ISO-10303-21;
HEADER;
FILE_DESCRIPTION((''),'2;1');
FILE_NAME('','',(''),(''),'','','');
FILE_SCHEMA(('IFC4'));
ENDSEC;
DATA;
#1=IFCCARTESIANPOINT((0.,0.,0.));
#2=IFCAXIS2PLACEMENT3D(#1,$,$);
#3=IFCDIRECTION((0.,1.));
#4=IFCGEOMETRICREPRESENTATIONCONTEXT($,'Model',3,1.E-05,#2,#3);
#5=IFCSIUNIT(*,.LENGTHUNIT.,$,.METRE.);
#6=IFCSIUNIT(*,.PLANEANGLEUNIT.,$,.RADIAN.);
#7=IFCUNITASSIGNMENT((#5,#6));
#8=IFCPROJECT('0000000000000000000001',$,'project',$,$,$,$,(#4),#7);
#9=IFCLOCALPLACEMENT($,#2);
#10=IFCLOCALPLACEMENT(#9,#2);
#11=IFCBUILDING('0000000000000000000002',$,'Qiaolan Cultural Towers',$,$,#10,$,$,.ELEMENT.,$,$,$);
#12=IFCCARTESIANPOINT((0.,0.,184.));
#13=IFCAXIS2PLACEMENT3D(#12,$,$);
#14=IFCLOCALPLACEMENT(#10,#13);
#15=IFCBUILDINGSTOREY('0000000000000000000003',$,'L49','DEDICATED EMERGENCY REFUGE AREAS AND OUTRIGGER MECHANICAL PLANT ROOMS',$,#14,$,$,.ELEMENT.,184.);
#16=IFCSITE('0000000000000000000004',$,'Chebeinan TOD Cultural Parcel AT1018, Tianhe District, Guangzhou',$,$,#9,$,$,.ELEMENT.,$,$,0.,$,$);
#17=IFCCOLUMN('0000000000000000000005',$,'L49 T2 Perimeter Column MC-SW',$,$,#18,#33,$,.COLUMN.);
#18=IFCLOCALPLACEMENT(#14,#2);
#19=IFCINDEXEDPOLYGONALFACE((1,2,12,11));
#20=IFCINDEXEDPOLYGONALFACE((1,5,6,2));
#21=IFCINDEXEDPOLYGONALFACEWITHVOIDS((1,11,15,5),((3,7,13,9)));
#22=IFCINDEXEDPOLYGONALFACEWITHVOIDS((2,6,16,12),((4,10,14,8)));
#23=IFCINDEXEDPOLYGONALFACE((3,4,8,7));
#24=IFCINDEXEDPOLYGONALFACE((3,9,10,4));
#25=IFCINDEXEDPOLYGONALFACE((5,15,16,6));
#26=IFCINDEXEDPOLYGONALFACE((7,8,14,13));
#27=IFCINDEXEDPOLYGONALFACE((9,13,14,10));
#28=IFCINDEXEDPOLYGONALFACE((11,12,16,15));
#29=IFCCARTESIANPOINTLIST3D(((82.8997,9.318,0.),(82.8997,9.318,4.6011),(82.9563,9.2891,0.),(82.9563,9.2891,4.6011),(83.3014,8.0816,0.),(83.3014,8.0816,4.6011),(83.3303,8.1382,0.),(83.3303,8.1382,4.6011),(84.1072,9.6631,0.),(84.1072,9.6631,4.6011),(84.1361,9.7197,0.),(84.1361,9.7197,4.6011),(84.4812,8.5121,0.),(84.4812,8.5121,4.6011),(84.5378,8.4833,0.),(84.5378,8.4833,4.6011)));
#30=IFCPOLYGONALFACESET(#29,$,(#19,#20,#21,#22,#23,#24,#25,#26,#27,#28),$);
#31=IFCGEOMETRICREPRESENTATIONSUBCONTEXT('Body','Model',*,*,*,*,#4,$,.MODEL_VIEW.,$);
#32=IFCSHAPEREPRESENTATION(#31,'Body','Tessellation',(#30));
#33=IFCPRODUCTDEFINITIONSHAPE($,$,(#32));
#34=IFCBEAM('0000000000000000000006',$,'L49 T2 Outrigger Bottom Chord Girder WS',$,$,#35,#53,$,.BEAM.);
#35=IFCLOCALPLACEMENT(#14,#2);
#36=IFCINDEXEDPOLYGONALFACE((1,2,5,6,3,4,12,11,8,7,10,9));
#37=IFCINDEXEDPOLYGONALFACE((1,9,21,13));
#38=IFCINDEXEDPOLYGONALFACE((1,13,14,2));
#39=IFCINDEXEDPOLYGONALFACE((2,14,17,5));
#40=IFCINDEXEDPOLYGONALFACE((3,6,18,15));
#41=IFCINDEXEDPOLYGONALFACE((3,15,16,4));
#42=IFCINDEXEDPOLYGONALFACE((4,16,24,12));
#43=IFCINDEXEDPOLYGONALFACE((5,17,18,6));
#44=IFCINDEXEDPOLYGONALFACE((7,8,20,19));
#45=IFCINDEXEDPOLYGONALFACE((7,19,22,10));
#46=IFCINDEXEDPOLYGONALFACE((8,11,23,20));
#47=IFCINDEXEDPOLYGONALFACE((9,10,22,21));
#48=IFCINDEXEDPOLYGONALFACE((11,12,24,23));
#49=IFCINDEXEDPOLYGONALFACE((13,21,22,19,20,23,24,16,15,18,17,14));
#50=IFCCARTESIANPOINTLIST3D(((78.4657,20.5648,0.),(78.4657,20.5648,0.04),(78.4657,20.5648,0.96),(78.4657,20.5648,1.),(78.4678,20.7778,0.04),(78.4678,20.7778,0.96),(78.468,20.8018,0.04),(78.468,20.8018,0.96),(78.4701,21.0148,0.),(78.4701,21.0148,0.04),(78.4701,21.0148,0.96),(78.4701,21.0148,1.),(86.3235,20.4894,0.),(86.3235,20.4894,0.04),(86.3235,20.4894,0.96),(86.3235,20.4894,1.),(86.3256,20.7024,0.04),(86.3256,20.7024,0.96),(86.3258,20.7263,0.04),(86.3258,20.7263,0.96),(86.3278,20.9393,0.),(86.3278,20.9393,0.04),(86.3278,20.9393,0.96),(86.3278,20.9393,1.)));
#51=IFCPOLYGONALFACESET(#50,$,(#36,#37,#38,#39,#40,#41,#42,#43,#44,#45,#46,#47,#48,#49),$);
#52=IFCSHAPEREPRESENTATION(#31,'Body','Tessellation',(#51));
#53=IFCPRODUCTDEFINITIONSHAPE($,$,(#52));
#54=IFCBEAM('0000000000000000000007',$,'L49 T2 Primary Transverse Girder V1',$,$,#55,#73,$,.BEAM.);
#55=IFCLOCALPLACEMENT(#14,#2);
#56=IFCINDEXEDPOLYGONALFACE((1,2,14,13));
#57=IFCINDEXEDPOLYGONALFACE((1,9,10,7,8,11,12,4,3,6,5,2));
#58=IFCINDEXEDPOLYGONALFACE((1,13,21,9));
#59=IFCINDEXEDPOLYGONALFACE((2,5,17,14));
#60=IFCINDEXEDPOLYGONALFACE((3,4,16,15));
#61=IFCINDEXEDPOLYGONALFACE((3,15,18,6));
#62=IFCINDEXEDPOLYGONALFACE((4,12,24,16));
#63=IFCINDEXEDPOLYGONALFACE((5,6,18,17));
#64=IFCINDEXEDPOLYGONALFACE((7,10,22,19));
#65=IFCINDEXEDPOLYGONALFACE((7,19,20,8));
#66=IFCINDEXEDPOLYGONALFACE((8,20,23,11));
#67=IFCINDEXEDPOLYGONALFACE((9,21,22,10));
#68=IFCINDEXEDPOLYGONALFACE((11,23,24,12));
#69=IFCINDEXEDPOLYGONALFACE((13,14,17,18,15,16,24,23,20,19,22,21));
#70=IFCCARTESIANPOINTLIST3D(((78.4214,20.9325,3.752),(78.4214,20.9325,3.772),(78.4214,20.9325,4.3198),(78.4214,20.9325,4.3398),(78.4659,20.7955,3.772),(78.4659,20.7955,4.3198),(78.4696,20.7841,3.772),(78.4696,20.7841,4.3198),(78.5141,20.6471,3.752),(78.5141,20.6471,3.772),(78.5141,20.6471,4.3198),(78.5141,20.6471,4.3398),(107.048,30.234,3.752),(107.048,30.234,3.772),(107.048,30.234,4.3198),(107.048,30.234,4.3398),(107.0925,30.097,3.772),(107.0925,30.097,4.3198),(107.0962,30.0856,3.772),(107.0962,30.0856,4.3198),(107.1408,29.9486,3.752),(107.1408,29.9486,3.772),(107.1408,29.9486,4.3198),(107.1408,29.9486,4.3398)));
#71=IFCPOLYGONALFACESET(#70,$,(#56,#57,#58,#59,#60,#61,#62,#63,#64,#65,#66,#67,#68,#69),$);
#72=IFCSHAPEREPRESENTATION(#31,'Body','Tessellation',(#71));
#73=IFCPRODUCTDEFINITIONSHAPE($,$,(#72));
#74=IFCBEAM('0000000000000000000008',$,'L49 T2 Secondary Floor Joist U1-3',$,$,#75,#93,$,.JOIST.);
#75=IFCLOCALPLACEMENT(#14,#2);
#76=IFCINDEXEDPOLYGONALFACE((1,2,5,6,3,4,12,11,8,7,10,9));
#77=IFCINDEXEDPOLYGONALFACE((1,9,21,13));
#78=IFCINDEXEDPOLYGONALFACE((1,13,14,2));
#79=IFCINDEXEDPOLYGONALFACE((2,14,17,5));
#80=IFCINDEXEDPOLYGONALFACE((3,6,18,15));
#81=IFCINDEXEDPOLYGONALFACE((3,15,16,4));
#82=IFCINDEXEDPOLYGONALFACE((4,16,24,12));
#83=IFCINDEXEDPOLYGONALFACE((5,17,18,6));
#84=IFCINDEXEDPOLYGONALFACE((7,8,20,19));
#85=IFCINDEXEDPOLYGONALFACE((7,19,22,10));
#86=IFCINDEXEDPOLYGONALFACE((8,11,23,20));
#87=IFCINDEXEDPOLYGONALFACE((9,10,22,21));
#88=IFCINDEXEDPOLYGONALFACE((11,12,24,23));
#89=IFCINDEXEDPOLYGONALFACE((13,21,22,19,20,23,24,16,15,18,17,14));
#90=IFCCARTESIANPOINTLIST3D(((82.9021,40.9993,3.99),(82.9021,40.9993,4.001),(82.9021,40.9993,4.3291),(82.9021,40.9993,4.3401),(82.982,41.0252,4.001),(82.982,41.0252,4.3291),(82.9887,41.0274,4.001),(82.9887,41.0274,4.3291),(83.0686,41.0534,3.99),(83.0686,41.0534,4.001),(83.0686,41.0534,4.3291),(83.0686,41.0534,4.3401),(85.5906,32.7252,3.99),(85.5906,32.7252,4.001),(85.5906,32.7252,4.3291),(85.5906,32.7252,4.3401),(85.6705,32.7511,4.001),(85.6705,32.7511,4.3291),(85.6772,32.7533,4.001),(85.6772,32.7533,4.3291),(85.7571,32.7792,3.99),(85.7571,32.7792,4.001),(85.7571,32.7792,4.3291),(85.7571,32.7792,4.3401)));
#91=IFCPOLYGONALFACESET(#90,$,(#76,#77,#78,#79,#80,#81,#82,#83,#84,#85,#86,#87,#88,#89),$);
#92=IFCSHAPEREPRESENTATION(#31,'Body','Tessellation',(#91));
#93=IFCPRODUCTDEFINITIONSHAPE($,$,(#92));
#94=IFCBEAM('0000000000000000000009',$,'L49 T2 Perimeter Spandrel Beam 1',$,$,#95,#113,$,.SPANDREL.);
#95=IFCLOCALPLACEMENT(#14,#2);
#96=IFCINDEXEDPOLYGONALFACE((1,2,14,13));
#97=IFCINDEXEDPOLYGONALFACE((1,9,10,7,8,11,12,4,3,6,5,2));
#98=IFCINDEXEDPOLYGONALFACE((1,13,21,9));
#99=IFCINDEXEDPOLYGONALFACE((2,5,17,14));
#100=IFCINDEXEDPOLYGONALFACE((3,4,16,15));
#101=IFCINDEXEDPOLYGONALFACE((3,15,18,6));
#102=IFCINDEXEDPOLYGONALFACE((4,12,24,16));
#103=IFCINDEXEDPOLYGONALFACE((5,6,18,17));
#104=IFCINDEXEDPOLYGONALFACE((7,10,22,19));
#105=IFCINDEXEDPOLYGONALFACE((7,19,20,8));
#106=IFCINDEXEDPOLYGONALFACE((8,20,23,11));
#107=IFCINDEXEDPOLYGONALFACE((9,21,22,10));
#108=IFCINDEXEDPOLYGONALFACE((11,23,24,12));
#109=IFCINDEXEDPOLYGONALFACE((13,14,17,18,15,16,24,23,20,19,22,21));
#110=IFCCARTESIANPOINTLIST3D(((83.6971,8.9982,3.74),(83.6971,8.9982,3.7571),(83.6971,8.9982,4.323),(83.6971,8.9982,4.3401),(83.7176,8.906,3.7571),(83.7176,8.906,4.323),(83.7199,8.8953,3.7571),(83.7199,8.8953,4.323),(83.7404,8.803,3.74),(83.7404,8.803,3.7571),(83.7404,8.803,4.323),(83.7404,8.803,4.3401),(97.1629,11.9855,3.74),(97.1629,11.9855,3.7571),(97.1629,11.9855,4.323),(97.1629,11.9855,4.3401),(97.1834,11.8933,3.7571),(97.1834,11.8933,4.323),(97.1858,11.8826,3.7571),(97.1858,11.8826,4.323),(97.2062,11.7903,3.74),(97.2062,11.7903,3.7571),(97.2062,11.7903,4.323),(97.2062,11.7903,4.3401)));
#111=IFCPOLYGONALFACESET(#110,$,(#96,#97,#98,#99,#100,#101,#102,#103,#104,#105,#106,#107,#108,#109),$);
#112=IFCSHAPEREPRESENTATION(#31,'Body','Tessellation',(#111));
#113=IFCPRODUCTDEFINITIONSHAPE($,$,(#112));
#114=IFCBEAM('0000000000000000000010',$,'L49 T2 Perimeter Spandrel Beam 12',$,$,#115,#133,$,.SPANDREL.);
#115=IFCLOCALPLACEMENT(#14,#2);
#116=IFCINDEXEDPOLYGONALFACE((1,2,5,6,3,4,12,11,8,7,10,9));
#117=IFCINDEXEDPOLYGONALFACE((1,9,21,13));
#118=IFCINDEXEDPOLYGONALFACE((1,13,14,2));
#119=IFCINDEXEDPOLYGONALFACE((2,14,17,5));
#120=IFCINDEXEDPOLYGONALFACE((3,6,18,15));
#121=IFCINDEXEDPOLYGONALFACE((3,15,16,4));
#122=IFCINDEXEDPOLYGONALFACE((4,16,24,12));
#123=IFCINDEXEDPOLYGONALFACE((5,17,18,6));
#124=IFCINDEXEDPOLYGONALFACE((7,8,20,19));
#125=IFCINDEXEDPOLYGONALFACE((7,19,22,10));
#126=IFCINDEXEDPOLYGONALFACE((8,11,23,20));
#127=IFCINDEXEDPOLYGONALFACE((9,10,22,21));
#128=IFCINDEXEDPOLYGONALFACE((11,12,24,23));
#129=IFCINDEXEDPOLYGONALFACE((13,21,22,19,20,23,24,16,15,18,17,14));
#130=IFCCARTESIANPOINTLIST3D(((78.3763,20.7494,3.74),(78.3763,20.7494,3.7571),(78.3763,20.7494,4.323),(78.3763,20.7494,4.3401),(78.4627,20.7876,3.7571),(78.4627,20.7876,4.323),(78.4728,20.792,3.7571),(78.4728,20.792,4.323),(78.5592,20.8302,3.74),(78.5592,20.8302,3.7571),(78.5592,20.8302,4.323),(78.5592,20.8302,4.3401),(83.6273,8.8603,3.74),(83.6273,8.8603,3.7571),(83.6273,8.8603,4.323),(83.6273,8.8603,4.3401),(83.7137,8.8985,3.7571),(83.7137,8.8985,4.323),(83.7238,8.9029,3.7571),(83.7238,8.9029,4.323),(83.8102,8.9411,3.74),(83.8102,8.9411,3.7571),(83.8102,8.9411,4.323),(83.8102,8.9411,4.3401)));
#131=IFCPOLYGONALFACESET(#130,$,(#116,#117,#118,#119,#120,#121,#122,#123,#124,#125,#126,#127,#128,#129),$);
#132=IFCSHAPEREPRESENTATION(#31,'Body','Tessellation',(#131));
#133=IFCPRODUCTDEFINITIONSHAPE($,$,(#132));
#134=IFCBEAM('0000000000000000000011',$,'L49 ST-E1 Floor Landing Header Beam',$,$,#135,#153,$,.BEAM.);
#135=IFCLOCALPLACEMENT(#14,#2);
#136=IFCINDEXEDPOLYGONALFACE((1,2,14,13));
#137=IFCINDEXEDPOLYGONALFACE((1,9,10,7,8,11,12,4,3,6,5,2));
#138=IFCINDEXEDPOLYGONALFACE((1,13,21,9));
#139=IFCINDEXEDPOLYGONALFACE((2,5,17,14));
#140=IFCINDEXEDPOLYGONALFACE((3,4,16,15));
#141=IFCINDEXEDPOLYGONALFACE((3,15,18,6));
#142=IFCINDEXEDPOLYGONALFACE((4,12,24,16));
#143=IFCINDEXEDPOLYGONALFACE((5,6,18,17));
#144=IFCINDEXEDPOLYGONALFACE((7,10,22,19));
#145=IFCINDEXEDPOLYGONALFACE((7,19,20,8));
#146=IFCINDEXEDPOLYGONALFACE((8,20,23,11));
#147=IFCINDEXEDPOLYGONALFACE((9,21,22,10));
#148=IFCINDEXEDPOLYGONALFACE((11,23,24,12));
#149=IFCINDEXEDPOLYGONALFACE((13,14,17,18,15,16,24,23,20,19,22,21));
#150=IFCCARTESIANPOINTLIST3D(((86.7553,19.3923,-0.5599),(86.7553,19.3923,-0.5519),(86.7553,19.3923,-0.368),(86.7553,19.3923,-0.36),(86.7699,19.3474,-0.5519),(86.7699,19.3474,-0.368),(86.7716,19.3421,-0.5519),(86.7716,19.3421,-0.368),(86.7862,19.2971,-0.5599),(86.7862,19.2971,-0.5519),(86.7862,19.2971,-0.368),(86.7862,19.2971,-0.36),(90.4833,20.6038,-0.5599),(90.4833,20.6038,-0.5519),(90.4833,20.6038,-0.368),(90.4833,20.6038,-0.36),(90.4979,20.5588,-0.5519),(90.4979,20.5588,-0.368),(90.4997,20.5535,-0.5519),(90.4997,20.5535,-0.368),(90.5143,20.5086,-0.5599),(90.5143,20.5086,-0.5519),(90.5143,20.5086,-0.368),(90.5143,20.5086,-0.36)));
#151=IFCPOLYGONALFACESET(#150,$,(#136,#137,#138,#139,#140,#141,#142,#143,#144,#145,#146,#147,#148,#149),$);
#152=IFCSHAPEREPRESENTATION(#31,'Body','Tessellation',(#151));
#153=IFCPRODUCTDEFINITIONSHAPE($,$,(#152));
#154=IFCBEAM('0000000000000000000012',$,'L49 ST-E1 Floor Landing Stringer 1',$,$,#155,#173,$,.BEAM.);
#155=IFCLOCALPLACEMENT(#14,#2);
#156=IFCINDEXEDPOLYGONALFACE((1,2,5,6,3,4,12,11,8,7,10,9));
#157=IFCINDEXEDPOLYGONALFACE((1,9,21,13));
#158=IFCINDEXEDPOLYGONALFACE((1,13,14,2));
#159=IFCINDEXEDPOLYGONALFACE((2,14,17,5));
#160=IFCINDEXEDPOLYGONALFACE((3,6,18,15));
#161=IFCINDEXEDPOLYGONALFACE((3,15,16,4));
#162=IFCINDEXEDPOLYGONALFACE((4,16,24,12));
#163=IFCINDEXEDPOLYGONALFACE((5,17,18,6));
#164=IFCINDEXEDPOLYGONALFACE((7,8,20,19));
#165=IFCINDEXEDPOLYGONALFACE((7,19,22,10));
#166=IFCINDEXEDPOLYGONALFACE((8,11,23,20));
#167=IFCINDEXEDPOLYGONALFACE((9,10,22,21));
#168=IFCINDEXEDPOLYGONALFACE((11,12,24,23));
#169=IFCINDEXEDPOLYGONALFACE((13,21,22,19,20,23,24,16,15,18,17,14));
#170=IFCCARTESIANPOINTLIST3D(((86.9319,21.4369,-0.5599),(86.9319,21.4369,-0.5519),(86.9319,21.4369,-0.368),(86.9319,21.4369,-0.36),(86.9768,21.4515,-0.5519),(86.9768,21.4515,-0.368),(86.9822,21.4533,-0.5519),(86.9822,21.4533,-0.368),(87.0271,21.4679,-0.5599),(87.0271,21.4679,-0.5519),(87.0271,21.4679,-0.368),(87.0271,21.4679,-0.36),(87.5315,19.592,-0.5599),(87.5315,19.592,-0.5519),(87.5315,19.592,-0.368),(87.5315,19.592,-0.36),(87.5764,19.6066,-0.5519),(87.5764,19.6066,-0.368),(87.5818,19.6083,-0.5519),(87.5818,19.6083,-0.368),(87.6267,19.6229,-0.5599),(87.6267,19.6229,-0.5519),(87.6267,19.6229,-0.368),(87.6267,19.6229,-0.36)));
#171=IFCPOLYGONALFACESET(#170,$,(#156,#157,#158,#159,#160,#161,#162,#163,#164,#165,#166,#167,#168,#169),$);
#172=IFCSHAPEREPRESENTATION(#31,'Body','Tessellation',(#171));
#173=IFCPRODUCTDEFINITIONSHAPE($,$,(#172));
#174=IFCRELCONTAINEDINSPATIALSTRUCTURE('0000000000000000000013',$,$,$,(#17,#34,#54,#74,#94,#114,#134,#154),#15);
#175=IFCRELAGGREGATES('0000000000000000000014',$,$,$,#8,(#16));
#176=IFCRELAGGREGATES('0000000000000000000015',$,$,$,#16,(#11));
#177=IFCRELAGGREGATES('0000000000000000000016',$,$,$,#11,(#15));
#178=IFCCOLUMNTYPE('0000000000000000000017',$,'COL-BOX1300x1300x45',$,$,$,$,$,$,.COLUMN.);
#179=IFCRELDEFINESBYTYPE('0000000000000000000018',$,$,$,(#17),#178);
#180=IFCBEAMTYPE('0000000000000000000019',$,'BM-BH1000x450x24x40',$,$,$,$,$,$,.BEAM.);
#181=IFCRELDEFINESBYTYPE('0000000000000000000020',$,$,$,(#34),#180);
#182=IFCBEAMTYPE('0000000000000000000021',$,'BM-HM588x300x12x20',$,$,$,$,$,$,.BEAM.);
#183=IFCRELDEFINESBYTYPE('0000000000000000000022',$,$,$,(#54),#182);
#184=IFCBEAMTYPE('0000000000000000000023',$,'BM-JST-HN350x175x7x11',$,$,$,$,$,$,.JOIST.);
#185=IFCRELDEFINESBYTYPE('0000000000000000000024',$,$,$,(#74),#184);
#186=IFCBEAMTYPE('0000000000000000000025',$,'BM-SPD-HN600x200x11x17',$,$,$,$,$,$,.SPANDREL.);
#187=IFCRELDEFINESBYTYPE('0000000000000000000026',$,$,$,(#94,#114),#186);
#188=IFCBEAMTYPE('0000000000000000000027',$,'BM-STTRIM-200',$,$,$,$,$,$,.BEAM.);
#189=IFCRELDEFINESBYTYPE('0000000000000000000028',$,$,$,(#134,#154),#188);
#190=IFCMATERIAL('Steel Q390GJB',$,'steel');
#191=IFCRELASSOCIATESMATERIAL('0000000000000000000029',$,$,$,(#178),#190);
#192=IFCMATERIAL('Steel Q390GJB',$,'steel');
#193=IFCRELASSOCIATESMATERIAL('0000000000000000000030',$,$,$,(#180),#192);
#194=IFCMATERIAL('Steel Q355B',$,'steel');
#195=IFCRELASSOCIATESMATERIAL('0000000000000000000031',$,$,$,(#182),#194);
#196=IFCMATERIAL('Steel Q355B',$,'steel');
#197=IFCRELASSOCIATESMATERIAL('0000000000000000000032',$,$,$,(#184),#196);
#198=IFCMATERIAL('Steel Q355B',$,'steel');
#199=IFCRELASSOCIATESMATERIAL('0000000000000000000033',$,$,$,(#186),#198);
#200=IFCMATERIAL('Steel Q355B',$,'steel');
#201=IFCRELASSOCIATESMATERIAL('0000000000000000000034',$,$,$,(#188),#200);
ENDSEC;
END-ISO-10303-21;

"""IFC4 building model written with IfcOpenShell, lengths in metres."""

from ifc_helpers import new_model, si_unit, direction, frame, origin, origin_2d, place, context, subcontext, project, spatial, hollow_rectangle, i_section, extrude, material, material_profile, profile_set, type_object, element, save


model = new_model("IFC4")

# Units and contexts
model_context = context("Model", 3, precision=1e-05, world=origin(), true_north=direction((0.0, 1.0)))
body_context = subcontext(model_context, "Body", "Model", "MODEL_VIEW")
ifc_project = project(units=[si_unit("LENGTHUNIT", "METRE"), si_unit("PLANEANGLEUNIT", "RADIAN")], contexts=[model_context])

# Site, building, storey
site_placement = place(None, origin())
site = spatial("IfcSite", under=ifc_project, at=site_placement, Name="Chebeinan TOD Cultural Parcel AT1018, Tianhe District, Guangzhou", CompositionType="ELEMENT", RefElevation=0.0)
building_placement = place(site_placement, origin())
building = spatial("IfcBuilding", under=site, at=building_placement, Name="Qiaolan Cultural Towers", CompositionType="ELEMENT")
storey_placement = place(building_placement, frame((0.0, 0.0, 184.0)))
storey = spatial("IfcBuildingStorey", under=building, at=storey_placement, Name="L49", Description="DEDICATED EMERGENCY REFUGE AREAS AND OUTRIGGER MECHANICAL PLANT ROOMS", CompositionType="ELEMENT", Elevation=184.0)

# Column
ifc_material_1 = material(Name="Steel Q390GJB", Category="steel")
ifc_material_profile_1 = material_profile(ifc_material_1, hollow_rectangle(XDim=1.3, YDim=1.3, WallThickness=0.0449, at=origin_2d()), Name="BOX1300x1300x45")
ifc_profile_set_1 = profile_set([ifc_material_profile_1], Name="Steel Q390GJB")
column_type = type_object("IfcColumnType", Name="COL-BOX1300x1300x45", PredefinedType="COLUMN", material=ifc_profile_set_1)
column_placement = place(storey_placement, frame((83.7188, 8.9006, 0.0), z_axis=(0.0, 0.0, 1.0), x_axis=(0.951057, 0.309017, 0.0)))
element("IfcColumn", 1, at=column_placement, inside=storey, type_object=column_type, Name="L49 T2 Perimeter Column MC-SW", PredefinedType="COLUMN", context=body_context, shape_type="SweptSolid", body=[
    extrude(hollow_rectangle(XDim=1.3, YDim=1.3, WallThickness=0.0449, at=origin_2d()), origin(), (0.0, 0.0, 1.0), 4.6011),
])

# Beams
ifc_material_2 = material(Name="Steel Q390GJB", Category="steel")
ifc_material_profile_2 = material_profile(ifc_material_2, i_section(OverallWidth=0.45, OverallDepth=1.0, WebThickness=0.0239, FlangeThickness=0.04, at=origin_2d()), Name="BH1000x450x24x40")
ifc_profile_set_2 = profile_set([ifc_material_profile_2], Name="Steel Q390GJB")
beam_type_1 = type_object("IfcBeamType", Name="BM-BH1000x450x24x40", PredefinedType="BEAM", material=ifc_profile_set_2)
beam_1_placement = place(storey_placement, frame((86.3257, 20.7144, 0.5), z_axis=(-0.999954, 0.0096, 0.0), x_axis=(-0.0096, -0.999954, 0.0)))
element("IfcBeam", 2, at=beam_1_placement, inside=storey, type_object=beam_type_1, Name="L49 T2 Outrigger Bottom Chord Girder WS", PredefinedType="BEAM", context=body_context, shape_type="SweptSolid", body=[
    extrude(i_section(OverallWidth=0.45, OverallDepth=1.0, WebThickness=0.0239, FlangeThickness=0.04, at=origin_2d()), origin(), (0.0, 0.0, 1.0), 7.8582),
])
ifc_material_3 = material(Name="Steel Q355B", Category="steel")
ifc_material_profile_3 = material_profile(ifc_material_3, i_section(OverallWidth=0.3, OverallDepth=0.5879, WebThickness=0.012, FlangeThickness=0.02, at=origin_2d()), Name="HM588x300x12x20")
ifc_profile_set_3 = profile_set([ifc_material_profile_3], Name="Steel Q355B")
beam_type_2 = type_object("IfcBeamType", Name="BM-HM588x300x12x20", PredefinedType="BEAM", material=ifc_profile_set_3)
beam_2_placement = place(storey_placement, frame((78.4678, 20.7898, 4.0459), z_axis=(0.951055, 0.309021, 0.0), x_axis=(-0.309021, 0.951055, 0.0)))
element("IfcBeam", 3, at=beam_2_placement, inside=storey, type_object=beam_type_2, Name="L49 T2 Primary Transverse Girder V1", PredefinedType="BEAM", context=body_context, shape_type="SweptSolid", body=[
    extrude(i_section(OverallWidth=0.3, OverallDepth=0.5879, WebThickness=0.012, FlangeThickness=0.02, at=origin_2d()), origin(), (0.0, 0.0, 1.0), 30.0999),
])
ifc_material_4 = material(Name="Steel Q355B", Category="steel")
ifc_material_profile_4 = material_profile(ifc_material_4, i_section(OverallWidth=0.175, OverallDepth=0.3501, WebThickness=0.0071, FlangeThickness=0.011, at=origin_2d()), Name="HN350x175x7x11")
ifc_profile_set_4 = profile_set([ifc_material_profile_4], Name="Steel Q355B")
beam_type_3 = type_object("IfcBeamType", Name="BM-JST-HN350x175x7x11", PredefinedType="JOIST", material=ifc_profile_set_4)
beam_3_placement = place(storey_placement, frame((85.6738, 32.7522, 4.165), z_axis=(-0.309021, 0.951055, 0.0), x_axis=(-0.951055, -0.309021, 0.0)))
element("IfcBeam", 4, at=beam_3_placement, inside=storey, type_object=beam_type_3, Name="L49 T2 Secondary Floor Joist U1-3", PredefinedType="JOIST", context=body_context, shape_type="SweptSolid", body=[
    extrude(i_section(OverallWidth=0.175, OverallDepth=0.3501, WebThickness=0.0071, FlangeThickness=0.011, at=origin_2d()), origin(), (0.0, 0.0, 1.0), 8.7),
])
ifc_material_5 = material(Name="Steel Q355B", Category="steel")
ifc_material_profile_5 = material_profile(ifc_material_5, i_section(OverallWidth=0.2, OverallDepth=0.6001, WebThickness=0.011, FlangeThickness=0.0171, at=origin_2d()), Name="HN600x200x11x17")
ifc_profile_set_5 = profile_set([ifc_material_profile_5], Name="Steel Q355B")
beam_type_4 = type_object("IfcBeamType", Name="BM-SPD-HN600x200x11x17", PredefinedType="SPANDREL", material=ifc_profile_set_5)
beam_4_placement = place(storey_placement, frame((83.7188, 8.9006, 4.04), z_axis=(0.976265, 0.216578, 0.0), x_axis=(-0.216578, 0.976265, 0.0)))
element("IfcBeam", 5, at=beam_4_placement, inside=storey, type_object=beam_type_4, Name="L49 T2 Perimeter Spandrel Beam 1", PredefinedType="SPANDREL", context=body_context, shape_type="SweptSolid", body=[
    extrude(i_section(OverallWidth=0.2, OverallDepth=0.6001, WebThickness=0.011, FlangeThickness=0.0171, at=origin_2d()), origin(), (0.0, 0.0, 1.0), 13.7932),
])
beam_5_placement = place(storey_placement, frame((78.4678, 20.7898, 4.04), z_axis=(0.404011, -0.914754, 0.0), x_axis=(0.914754, 0.404011, 0.0)))
element("IfcBeam", 6, at=beam_5_placement, inside=storey, type_object=beam_type_4, Name="L49 T2 Perimeter Spandrel Beam 12", PredefinedType="SPANDREL", context=body_context, shape_type="SweptSolid", body=[
    extrude(i_section(OverallWidth=0.2, OverallDepth=0.6001, WebThickness=0.011, FlangeThickness=0.0171, at=origin_2d()), origin(), (0.0, 0.0, 1.0), 12.9971),
])
ifc_material_6 = material(Name="Steel Q355B", Category="steel")
ifc_material_profile_6 = material_profile(ifc_material_6, i_section(OverallWidth=0.1001, OverallDepth=0.2, WebThickness=0.0056, FlangeThickness=0.0081, at=origin_2d()), Name="HN200x100x5.5x8")
ifc_profile_set_6 = profile_set([ifc_material_profile_6], Name="Steel Q355B")
beam_type_5 = type_object("IfcBeamType", Name="BM-STTRIM-200", PredefinedType="BEAM", material=ifc_profile_set_6)
beam_6_placement = place(storey_placement, frame((86.7708, 19.3447, -0.46), z_axis=(0.951048, 0.309044, 0.0), x_axis=(-0.309044, 0.951048, 0.0)))
element("IfcBeam", 7, at=beam_6_placement, inside=storey, type_object=beam_type_5, Name="L49 ST-E1 Floor Landing Header Beam", PredefinedType="BEAM", context=body_context, shape_type="SweptSolid", body=[
    extrude(i_section(OverallWidth=0.1001, OverallDepth=0.2, WebThickness=0.0056, FlangeThickness=0.0081, at=origin_2d()), origin(), (0.0, 0.0, 1.0), 3.9199),
])
beam_7_placement = place(storey_placement, frame((86.9795, 21.4524, -0.46), z_axis=(0.309083, -0.951035, 0.0), x_axis=(0.951035, 0.309083, 0.0)))
element("IfcBeam", 8, at=beam_7_placement, inside=storey, type_object=beam_type_5, Name="L49 ST-E1 Floor Landing Stringer 1", PredefinedType="BEAM", context=body_context, shape_type="SweptSolid", body=[
    extrude(i_section(OverallWidth=0.1001, OverallDepth=0.2, WebThickness=0.0056, FlangeThickness=0.0081, at=origin_2d()), origin(), (0.0, 0.0, 1.0), 1.9399),
])

save(model, "model.ifc")
